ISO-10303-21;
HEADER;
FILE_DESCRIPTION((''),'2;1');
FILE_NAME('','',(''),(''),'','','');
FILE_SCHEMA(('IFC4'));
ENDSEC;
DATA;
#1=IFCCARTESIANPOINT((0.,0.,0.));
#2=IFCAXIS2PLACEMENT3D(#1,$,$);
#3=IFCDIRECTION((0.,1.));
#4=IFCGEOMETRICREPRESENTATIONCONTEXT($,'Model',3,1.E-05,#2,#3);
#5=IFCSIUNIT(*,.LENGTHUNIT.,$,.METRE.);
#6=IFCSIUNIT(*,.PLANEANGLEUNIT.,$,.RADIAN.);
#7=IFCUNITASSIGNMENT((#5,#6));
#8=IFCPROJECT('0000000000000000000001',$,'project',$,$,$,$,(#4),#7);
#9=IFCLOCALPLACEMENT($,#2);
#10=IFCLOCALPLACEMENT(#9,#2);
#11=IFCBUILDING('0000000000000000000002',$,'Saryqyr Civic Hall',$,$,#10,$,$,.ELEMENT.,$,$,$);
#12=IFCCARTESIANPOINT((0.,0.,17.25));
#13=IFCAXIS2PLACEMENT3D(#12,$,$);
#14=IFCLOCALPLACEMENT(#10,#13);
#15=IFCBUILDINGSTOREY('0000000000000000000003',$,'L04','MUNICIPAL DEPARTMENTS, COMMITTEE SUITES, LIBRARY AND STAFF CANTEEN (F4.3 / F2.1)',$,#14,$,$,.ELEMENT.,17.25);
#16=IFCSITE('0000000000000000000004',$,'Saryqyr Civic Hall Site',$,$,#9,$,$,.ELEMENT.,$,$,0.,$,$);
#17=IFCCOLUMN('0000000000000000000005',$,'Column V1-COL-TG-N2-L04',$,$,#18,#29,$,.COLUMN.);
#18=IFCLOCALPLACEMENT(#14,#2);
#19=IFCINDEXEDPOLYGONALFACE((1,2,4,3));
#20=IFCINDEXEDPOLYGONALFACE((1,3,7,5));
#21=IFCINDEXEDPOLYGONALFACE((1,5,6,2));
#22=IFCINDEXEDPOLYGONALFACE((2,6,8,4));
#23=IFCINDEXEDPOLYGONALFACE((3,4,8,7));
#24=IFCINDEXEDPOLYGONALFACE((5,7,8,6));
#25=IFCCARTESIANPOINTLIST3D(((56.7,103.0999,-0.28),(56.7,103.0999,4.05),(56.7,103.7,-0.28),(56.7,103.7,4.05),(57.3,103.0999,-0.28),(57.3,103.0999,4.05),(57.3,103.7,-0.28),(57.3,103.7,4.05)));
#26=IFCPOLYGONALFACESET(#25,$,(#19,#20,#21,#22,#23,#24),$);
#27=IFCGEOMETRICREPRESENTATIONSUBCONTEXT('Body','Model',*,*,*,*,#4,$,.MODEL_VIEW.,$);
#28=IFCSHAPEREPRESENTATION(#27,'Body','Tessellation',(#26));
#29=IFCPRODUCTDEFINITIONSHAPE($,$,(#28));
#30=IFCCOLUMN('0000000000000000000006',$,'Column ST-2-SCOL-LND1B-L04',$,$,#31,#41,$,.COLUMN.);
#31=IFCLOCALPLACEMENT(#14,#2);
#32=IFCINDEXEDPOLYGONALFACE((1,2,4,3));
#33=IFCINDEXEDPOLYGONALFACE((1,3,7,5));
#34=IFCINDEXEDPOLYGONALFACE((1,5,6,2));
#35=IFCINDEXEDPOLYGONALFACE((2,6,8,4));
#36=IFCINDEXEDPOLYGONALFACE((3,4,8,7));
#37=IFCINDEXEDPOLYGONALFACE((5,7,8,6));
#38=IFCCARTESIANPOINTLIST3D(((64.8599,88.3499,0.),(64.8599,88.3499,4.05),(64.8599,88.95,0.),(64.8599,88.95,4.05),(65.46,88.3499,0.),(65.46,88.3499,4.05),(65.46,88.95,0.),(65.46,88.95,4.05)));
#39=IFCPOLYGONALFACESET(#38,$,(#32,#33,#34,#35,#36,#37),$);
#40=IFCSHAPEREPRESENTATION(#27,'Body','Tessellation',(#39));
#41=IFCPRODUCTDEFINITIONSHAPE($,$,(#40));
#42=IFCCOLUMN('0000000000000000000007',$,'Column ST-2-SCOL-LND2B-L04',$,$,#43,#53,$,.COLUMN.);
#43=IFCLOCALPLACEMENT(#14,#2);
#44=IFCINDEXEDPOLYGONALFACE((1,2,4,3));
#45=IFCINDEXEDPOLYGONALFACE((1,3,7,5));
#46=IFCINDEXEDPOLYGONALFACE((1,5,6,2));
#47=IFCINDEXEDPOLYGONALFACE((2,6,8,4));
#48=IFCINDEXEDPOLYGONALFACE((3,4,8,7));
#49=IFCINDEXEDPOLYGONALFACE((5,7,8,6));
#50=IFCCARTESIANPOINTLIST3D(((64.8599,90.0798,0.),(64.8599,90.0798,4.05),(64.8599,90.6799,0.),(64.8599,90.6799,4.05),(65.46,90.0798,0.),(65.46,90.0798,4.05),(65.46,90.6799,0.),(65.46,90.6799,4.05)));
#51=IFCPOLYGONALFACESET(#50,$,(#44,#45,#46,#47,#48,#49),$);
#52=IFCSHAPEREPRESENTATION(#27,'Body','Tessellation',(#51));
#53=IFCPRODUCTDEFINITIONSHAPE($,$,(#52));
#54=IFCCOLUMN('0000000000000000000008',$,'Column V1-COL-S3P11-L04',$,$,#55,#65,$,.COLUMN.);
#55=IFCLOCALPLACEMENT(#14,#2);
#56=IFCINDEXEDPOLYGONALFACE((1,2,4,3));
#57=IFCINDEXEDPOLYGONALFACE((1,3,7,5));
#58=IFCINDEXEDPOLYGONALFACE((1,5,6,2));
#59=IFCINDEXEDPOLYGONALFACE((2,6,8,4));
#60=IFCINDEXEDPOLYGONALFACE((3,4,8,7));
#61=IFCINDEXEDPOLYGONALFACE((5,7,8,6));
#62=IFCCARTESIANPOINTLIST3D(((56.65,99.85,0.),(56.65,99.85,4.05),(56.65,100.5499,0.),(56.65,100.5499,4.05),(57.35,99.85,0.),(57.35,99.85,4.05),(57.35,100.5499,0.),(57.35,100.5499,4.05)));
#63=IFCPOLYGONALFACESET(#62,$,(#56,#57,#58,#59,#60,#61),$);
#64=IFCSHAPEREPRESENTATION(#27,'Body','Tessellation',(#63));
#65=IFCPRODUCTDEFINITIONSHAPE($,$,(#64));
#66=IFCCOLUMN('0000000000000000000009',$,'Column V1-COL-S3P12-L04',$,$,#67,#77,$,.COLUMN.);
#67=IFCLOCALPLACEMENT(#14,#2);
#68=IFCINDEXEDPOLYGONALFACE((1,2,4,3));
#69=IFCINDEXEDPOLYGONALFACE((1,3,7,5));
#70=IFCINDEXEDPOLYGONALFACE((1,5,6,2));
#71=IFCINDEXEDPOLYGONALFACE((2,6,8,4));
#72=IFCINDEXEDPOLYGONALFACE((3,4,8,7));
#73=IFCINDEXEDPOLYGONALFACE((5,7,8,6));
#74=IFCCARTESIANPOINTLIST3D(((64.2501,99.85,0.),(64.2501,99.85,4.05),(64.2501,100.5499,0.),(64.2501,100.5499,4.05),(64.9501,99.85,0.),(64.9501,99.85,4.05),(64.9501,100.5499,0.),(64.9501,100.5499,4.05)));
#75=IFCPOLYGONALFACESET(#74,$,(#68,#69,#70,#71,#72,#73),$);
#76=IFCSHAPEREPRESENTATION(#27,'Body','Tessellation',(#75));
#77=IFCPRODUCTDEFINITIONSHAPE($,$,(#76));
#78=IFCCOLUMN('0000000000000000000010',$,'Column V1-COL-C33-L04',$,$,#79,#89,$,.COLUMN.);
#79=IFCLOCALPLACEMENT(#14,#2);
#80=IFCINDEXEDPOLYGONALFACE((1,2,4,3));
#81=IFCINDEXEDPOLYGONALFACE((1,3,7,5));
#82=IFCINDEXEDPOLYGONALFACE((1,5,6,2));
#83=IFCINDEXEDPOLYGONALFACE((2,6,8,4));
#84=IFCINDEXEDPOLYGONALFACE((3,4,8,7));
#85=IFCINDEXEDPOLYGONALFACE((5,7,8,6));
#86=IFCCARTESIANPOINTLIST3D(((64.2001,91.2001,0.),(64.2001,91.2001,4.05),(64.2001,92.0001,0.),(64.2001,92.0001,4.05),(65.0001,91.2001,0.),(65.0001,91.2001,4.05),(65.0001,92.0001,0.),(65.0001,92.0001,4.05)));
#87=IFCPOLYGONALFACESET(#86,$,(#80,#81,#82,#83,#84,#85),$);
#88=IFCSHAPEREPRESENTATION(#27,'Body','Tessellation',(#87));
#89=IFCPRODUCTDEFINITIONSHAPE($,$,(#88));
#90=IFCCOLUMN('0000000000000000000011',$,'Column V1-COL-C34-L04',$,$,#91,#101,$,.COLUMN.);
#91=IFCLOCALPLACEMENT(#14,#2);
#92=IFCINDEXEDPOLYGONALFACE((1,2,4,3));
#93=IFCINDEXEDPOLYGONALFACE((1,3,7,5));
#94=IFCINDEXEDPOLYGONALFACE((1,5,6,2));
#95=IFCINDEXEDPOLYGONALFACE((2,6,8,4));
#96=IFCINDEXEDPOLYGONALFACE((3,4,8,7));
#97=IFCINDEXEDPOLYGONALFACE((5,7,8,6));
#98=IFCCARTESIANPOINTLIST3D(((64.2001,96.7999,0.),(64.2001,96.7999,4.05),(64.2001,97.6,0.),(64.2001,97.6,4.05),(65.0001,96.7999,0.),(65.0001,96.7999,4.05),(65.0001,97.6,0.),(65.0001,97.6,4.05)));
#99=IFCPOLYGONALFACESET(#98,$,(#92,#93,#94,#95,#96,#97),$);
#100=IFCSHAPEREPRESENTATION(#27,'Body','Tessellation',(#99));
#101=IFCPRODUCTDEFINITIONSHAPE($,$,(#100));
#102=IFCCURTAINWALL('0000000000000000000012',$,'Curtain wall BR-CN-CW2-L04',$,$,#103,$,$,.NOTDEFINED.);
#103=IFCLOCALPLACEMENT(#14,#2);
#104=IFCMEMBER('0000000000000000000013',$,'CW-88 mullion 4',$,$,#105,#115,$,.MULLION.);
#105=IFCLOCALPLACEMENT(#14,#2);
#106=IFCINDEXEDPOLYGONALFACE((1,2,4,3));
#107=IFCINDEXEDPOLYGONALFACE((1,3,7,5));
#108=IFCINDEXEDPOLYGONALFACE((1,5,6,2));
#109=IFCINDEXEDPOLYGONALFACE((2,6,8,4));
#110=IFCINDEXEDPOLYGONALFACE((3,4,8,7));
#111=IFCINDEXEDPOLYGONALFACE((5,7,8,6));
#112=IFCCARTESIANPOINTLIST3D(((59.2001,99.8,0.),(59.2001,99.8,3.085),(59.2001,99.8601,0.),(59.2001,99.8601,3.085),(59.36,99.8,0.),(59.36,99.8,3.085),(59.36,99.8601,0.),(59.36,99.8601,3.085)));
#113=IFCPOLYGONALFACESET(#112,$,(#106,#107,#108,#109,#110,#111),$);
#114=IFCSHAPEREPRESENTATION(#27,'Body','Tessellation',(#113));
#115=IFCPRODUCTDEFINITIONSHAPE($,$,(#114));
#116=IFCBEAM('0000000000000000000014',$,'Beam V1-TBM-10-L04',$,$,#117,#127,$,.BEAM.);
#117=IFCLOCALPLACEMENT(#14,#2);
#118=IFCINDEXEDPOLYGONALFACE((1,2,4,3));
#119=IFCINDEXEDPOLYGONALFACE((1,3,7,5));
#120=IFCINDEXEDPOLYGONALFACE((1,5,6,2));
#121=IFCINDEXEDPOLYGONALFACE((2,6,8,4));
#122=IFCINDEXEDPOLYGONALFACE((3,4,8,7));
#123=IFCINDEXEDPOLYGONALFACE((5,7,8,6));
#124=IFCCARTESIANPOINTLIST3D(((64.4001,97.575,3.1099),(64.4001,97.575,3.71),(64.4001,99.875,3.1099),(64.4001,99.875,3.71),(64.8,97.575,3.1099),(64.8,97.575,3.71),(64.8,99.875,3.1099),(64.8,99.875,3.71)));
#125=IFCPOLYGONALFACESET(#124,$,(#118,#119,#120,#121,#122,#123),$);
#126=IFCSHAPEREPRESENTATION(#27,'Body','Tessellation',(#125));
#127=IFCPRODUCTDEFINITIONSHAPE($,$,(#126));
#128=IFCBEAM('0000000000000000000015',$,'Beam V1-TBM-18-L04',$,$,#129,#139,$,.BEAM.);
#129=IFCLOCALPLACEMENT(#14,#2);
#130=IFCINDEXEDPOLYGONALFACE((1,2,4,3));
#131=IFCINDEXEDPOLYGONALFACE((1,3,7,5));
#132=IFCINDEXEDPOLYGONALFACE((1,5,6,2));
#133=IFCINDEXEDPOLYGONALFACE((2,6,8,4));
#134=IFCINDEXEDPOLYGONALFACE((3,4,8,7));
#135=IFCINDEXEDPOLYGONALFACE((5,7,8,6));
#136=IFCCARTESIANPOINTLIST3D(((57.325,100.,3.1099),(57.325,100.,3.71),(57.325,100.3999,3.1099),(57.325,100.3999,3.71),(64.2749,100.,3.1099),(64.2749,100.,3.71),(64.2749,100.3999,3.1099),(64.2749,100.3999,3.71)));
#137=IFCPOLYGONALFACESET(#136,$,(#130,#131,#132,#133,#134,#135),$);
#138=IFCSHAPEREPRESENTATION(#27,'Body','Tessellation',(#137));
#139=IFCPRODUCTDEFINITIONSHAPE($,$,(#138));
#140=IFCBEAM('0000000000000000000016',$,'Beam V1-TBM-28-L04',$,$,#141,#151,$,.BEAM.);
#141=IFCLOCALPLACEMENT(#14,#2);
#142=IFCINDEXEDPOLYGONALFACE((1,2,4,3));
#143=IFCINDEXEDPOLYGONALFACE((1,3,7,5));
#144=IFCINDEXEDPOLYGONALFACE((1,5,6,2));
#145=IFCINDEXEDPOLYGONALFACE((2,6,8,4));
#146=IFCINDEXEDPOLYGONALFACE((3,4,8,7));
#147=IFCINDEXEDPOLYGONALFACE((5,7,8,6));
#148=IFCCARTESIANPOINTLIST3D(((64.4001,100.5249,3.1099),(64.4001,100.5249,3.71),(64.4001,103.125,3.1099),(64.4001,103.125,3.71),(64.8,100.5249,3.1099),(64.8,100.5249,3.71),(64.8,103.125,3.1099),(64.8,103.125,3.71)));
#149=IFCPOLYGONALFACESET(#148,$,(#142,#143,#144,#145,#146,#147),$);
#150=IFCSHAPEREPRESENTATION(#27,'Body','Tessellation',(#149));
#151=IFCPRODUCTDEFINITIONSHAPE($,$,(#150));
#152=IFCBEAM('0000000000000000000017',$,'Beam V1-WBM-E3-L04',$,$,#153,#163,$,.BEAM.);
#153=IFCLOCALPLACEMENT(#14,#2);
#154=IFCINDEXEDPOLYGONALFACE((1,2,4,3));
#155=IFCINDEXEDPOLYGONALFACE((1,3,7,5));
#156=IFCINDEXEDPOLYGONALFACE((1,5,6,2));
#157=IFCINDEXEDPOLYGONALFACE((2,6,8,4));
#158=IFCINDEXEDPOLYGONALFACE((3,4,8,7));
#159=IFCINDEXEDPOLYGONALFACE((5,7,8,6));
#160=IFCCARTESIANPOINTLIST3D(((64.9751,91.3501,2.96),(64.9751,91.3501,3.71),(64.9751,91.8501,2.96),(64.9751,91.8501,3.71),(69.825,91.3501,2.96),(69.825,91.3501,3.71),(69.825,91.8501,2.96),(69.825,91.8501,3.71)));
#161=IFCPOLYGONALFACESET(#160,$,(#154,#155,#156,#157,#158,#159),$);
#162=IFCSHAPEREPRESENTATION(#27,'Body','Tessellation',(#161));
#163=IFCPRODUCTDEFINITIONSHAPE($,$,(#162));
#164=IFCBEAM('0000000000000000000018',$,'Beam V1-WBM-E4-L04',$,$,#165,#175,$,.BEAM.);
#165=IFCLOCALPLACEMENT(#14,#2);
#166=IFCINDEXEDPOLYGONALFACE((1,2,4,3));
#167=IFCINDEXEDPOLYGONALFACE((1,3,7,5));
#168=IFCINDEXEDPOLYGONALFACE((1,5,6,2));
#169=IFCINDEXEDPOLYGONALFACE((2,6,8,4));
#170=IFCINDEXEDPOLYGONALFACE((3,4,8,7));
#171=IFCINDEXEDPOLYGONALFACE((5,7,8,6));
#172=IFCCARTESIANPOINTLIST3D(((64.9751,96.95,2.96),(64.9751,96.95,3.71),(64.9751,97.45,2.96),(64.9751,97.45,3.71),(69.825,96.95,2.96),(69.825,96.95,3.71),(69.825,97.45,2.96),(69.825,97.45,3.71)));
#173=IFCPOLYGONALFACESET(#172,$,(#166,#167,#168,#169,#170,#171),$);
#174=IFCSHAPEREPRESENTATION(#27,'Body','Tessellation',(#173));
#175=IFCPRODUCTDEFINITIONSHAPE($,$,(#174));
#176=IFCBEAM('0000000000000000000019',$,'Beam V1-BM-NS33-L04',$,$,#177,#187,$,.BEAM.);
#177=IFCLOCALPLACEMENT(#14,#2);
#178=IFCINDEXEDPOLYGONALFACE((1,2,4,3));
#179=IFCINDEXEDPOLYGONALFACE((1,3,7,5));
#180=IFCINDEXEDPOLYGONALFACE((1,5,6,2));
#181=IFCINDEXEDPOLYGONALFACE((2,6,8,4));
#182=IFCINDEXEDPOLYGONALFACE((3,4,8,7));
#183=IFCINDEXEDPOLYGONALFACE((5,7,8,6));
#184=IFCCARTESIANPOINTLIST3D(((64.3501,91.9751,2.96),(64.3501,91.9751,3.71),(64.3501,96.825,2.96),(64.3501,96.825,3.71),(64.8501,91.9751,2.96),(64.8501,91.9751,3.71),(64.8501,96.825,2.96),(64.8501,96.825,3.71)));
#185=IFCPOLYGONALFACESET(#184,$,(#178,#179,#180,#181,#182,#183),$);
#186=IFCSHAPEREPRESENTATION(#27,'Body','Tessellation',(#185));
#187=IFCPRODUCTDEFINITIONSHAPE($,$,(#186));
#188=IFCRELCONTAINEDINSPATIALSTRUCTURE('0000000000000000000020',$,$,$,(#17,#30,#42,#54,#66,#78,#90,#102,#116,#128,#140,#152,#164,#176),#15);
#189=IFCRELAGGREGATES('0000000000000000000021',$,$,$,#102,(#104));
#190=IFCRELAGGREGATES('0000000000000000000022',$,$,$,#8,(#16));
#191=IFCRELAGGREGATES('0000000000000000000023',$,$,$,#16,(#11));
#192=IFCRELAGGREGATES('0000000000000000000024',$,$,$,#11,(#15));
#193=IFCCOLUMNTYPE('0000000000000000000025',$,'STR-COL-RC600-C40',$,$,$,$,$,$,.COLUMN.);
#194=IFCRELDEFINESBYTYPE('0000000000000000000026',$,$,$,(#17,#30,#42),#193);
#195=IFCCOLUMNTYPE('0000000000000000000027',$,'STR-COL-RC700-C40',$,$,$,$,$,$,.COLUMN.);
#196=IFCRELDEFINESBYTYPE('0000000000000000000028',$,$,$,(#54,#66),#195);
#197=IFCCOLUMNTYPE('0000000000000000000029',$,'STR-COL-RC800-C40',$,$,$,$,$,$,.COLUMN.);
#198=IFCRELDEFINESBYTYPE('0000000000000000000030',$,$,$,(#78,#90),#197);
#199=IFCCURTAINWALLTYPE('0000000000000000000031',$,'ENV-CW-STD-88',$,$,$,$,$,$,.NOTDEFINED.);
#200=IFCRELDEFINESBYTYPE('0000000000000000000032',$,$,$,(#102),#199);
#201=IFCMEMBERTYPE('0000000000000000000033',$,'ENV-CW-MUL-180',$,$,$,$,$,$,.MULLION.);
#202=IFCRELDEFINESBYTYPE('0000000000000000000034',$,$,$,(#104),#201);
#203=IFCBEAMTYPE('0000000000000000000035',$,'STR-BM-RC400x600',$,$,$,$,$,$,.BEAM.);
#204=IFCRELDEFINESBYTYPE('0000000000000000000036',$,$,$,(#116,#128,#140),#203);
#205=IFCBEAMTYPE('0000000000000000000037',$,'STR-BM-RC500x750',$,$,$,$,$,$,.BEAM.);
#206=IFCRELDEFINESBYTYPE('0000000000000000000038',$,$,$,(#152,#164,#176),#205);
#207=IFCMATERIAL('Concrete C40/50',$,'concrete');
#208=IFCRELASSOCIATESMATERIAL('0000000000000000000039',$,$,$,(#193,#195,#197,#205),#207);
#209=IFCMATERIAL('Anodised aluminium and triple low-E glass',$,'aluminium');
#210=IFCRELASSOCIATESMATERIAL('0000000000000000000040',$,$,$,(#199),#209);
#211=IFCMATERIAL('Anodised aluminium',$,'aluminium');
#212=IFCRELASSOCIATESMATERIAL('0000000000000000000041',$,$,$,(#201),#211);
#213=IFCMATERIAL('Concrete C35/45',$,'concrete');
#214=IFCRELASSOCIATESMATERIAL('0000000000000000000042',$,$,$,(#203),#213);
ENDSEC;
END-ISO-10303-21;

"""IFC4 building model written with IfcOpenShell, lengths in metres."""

from ifc_helpers import new_model, si_unit, direction, frame, origin, origin_2d, place, context, subcontext, project, spatial, rectangle, extrude, material, material_profile, profile_set, type_object, element, aggregate, save


model = new_model("IFC4")

# Units and contexts
model_context = context("Model", 3, precision=1e-05, world=origin(), true_north=direction((0.0, 1.0)))
body_context = subcontext(model_context, "Body", "Model", "MODEL_VIEW")
ifc_project = project(units=[si_unit("LENGTHUNIT", "METRE"), si_unit("PLANEANGLEUNIT", "RADIAN")], contexts=[model_context])

# Site, building, storey
site_placement = place(None, origin())
site = spatial("IfcSite", under=ifc_project, at=site_placement, Name="Saryqyr Civic Hall Site", CompositionType="ELEMENT", RefElevation=0.0)
building_placement = place(site_placement, origin())
building = spatial("IfcBuilding", under=site, at=building_placement, Name="Saryqyr Civic Hall", CompositionType="ELEMENT")
storey_placement = place(building_placement, frame((0.0, 0.0, 17.25)))
storey = spatial("IfcBuildingStorey", under=building, at=storey_placement, Name="L04", Description="MUNICIPAL DEPARTMENTS, COMMITTEE SUITES, LIBRARY AND STAFF CANTEEN (F4.3 / F2.1)", CompositionType="ELEMENT", Elevation=17.25)

# Columns
ifc_material_1 = material(Name="Concrete C40/50", Category="concrete")
ifc_material_profile_1 = material_profile(ifc_material_1, rectangle(XDim=0.6001, YDim=0.6001, at=origin_2d()), Name="RC 600x600")
ifc_profile_set_1 = profile_set([ifc_material_profile_1], Name="Concrete C40/50")
column_type_1 = type_object("IfcColumnType", Name="STR-COL-RC600-C40", PredefinedType="COLUMN", material=ifc_profile_set_1)
column_placement = place(storey_placement, frame((57.0, 103.3999, -0.28), z_axis=(0.0, 0.0, 1.0), x_axis=(1.0, 0.0, 0.0)))
element("IfcColumn", 1, at=column_placement, inside=storey, type_object=column_type_1, Name="Column V1-COL-TG-N2-L04", PredefinedType="COLUMN", context=body_context, shape_type="SweptSolid", body=[
    extrude(rectangle(XDim=0.6001, YDim=0.6001, at=origin_2d()), origin(), (0.0, 0.0, 1.0), 4.3301),
])
for number, where, z_axis, x_axis, name in (
    (2, (65.1599, 88.6499, 0.0), (0.0, 0.0, 1.0), (1.0, 0.0, 0.0), "Column ST-2-SCOL-LND1B-L04"),
    (3, (65.1599, 90.3799, 0.0), (0.0, 0.0, 1.0), (1.0, 0.0, 0.0), "Column ST-2-SCOL-LND2B-L04"),
):
    element("IfcColumn", number, at=place(storey_placement, frame(where, z_axis=z_axis, x_axis=x_axis)), inside=storey, type_object=column_type_1, Name=name, PredefinedType="COLUMN", context=body_context, shape_type="SweptSolid", body=[
        extrude(rectangle(XDim=0.6001, YDim=0.6001, at=origin_2d()), origin(), (0.0, 0.0, 1.0), 4.05),
    ])
ifc_material_profile_2 = material_profile(ifc_material_1, rectangle(XDim=0.7, YDim=0.7, at=origin_2d()), Name="RC 700x700")
ifc_profile_set_2 = profile_set([ifc_material_profile_2], Name="Concrete C40/50")
column_type_2 = type_object("IfcColumnType", Name="STR-COL-RC700-C40", PredefinedType="COLUMN", material=ifc_profile_set_2)
for number, where, z_axis, x_axis, name in (
    (4, (57.0, 100.2, 0.0), (0.0, 0.0, 1.0), (1.0, 0.0, 0.0), "Column V1-COL-S3P11-L04"),
    (5, (64.6001, 100.2, 0.0), (0.0, 0.0, 1.0), (1.0, 0.0, 0.0), "Column V1-COL-S3P12-L04"),
):
    element("IfcColumn", number, at=place(storey_placement, frame(where, z_axis=z_axis, x_axis=x_axis)), inside=storey, type_object=column_type_2, Name=name, PredefinedType="COLUMN", context=body_context, shape_type="SweptSolid", body=[
        extrude(rectangle(XDim=0.7, YDim=0.7, at=origin_2d()), origin(), (0.0, 0.0, 1.0), 4.05),
    ])
ifc_material_profile_3 = material_profile(ifc_material_1, rectangle(XDim=0.8, YDim=0.8, at=origin_2d()), Name="RC 800x800")
ifc_profile_set_3 = profile_set([ifc_material_profile_3], Name="Concrete C40/50")
column_type_3 = type_object("IfcColumnType", Name="STR-COL-RC800-C40", PredefinedType="COLUMN", material=ifc_profile_set_3)
for number, where, z_axis, x_axis, name in (
    (6, (64.6001, 91.6001, 0.0), (0.0, 0.0, 1.0), (1.0, 0.0, 0.0), "Column V1-COL-C33-L04"),
    (7, (64.6001, 97.2, 0.0), (0.0, 0.0, 1.0), (1.0, 0.0, 0.0), "Column V1-COL-C34-L04"),
):
    element("IfcColumn", number, at=place(storey_placement, frame(where, z_axis=z_axis, x_axis=x_axis)), inside=storey, type_object=column_type_3, Name=name, PredefinedType="COLUMN", context=body_context, shape_type="SweptSolid", body=[
        extrude(rectangle(XDim=0.8, YDim=0.8, at=origin_2d()), origin(), (0.0, 0.0, 1.0), 4.05),
    ])

# Curtain wall, member
ifc_material_2 = material(Name="Anodised aluminium and triple low-E glass", Category="aluminium")
curtain_wall_type = type_object("IfcCurtainWallType", Name="ENV-CW-STD-88", PredefinedType="NOTDEFINED", material=ifc_material_2)
curtain_wall_placement = place(storey_placement, origin())
curtain_wall = element("IfcCurtainWall", 8, at=curtain_wall_placement, inside=storey, type_object=curtain_wall_type, Name="Curtain wall BR-CN-CW2-L04", PredefinedType="NOTDEFINED")
ifc_material_3 = material(Name="Anodised aluminium", Category="aluminium")
ifc_material_profile_4 = material_profile(ifc_material_3, rectangle(XDim=0.0601, YDim=0.1599, at=origin_2d()), Name="ALU MULLION 60x160")
ifc_profile_set_4 = profile_set([ifc_material_profile_4], Name="Anodised aluminium")
member_type_1 = type_object("IfcMemberType", Name="ENV-CW-MUL-180", PredefinedType="MULLION", material=ifc_profile_set_4)
member_1_placement = place(storey_placement, frame((59.28, 99.8301, 0.0), z_axis=(0.0, 0.0, 1.0), x_axis=(0.0, -1.0, 0.0)))
member_1 = element("IfcMember", 9, at=member_1_placement, type_object=member_type_1, Name="CW-88 mullion 4", PredefinedType="MULLION", context=body_context, shape_type="SweptSolid", body=[
    extrude(rectangle(XDim=0.0601, YDim=0.1599, at=origin_2d()), origin(), (0.0, 0.0, 1.0), 3.085),
])

# Beams
ifc_material_4 = material(Name="Concrete C35/45", Category="concrete")
ifc_material_profile_5 = material_profile(ifc_material_4, rectangle(XDim=0.3999, YDim=0.6001, at=origin_2d()), Name="RC 400x600")
ifc_profile_set_5 = profile_set([ifc_material_profile_5], Name="Concrete C35/45")
beam_type_1 = type_object("IfcBeamType", Name="STR-BM-RC400x600", PredefinedType="BEAM", material=ifc_profile_set_5)
beam_1_placement = place(storey_placement, frame((64.6001, 97.575, 3.4099), z_axis=(0.0, 1.0, 0.0), x_axis=(-1.0, 0.0, 0.0)))
element("IfcBeam", 10, at=beam_1_placement, inside=storey, type_object=beam_type_1, Name="Beam V1-TBM-10-L04", PredefinedType="BEAM", context=body_context, shape_type="SweptSolid", body=[
    extrude(rectangle(XDim=0.3999, YDim=0.6001, at=origin_2d()), origin(), (0.0, 0.0, 1.0), 2.3),
])
beam_2_placement = place(storey_placement, frame((57.325, 100.2, 3.4099), z_axis=(1.0, 0.0, 0.0), x_axis=(0.0, 1.0, 0.0)))
element("IfcBeam", 11, at=beam_2_placement, inside=storey, type_object=beam_type_1, Name="Beam V1-TBM-18-L04", PredefinedType="BEAM", context=body_context, shape_type="SweptSolid", body=[
    extrude(rectangle(XDim=0.3999, YDim=0.6001, at=origin_2d()), origin(), (0.0, 0.0, 1.0), 6.95),
])
beam_3_placement = place(storey_placement, frame((64.6001, 100.5249, 3.4099), z_axis=(0.0, 1.0, 0.0), x_axis=(-1.0, 0.0, 0.0)))
element("IfcBeam", 12, at=beam_3_placement, inside=storey, type_object=beam_type_1, Name="Beam V1-TBM-28-L04", PredefinedType="BEAM", context=body_context, shape_type="SweptSolid", body=[
    extrude(rectangle(XDim=0.3999, YDim=0.6001, at=origin_2d()), origin(), (0.0, 0.0, 1.0), 2.6001),
])
ifc_material_profile_6 = material_profile(ifc_material_1, rectangle(XDim=0.5, YDim=0.75, at=origin_2d()), Name="RC 500x750")
ifc_profile_set_6 = profile_set([ifc_material_profile_6], Name="Concrete C40/50")
beam_type_2 = type_object("IfcBeamType", Name="STR-BM-RC500x750", PredefinedType="BEAM", material=ifc_profile_set_6)
for number, where, z_axis, x_axis, name in (
    (13, (64.9751, 91.6001, 3.335), (1.0, 0.0, 0.0), (0.0, 1.0, 0.0), "Beam V1-WBM-E3-L04"),
    (14, (64.9751, 97.2, 3.335), (1.0, 0.0, 0.0), (0.0, 1.0, 0.0), "Beam V1-WBM-E4-L04"),
    (15, (64.6001, 91.9751, 3.335), (0.0, 1.0, 0.0), (-1.0, 0.0, 0.0), "Beam V1-BM-NS33-L04"),
):
    element("IfcBeam", number, at=place(storey_placement, frame(where, z_axis=z_axis, x_axis=x_axis)), inside=storey, type_object=beam_type_2, Name=name, PredefinedType="BEAM", context=body_context, shape_type="SweptSolid", body=[
        extrude(rectangle(XDim=0.5, YDim=0.75, at=origin_2d()), origin(), (0.0, 0.0, 1.0), 4.8499),
    ])

aggregate(curtain_wall, [member_1])

save(model, "model.ifc")
